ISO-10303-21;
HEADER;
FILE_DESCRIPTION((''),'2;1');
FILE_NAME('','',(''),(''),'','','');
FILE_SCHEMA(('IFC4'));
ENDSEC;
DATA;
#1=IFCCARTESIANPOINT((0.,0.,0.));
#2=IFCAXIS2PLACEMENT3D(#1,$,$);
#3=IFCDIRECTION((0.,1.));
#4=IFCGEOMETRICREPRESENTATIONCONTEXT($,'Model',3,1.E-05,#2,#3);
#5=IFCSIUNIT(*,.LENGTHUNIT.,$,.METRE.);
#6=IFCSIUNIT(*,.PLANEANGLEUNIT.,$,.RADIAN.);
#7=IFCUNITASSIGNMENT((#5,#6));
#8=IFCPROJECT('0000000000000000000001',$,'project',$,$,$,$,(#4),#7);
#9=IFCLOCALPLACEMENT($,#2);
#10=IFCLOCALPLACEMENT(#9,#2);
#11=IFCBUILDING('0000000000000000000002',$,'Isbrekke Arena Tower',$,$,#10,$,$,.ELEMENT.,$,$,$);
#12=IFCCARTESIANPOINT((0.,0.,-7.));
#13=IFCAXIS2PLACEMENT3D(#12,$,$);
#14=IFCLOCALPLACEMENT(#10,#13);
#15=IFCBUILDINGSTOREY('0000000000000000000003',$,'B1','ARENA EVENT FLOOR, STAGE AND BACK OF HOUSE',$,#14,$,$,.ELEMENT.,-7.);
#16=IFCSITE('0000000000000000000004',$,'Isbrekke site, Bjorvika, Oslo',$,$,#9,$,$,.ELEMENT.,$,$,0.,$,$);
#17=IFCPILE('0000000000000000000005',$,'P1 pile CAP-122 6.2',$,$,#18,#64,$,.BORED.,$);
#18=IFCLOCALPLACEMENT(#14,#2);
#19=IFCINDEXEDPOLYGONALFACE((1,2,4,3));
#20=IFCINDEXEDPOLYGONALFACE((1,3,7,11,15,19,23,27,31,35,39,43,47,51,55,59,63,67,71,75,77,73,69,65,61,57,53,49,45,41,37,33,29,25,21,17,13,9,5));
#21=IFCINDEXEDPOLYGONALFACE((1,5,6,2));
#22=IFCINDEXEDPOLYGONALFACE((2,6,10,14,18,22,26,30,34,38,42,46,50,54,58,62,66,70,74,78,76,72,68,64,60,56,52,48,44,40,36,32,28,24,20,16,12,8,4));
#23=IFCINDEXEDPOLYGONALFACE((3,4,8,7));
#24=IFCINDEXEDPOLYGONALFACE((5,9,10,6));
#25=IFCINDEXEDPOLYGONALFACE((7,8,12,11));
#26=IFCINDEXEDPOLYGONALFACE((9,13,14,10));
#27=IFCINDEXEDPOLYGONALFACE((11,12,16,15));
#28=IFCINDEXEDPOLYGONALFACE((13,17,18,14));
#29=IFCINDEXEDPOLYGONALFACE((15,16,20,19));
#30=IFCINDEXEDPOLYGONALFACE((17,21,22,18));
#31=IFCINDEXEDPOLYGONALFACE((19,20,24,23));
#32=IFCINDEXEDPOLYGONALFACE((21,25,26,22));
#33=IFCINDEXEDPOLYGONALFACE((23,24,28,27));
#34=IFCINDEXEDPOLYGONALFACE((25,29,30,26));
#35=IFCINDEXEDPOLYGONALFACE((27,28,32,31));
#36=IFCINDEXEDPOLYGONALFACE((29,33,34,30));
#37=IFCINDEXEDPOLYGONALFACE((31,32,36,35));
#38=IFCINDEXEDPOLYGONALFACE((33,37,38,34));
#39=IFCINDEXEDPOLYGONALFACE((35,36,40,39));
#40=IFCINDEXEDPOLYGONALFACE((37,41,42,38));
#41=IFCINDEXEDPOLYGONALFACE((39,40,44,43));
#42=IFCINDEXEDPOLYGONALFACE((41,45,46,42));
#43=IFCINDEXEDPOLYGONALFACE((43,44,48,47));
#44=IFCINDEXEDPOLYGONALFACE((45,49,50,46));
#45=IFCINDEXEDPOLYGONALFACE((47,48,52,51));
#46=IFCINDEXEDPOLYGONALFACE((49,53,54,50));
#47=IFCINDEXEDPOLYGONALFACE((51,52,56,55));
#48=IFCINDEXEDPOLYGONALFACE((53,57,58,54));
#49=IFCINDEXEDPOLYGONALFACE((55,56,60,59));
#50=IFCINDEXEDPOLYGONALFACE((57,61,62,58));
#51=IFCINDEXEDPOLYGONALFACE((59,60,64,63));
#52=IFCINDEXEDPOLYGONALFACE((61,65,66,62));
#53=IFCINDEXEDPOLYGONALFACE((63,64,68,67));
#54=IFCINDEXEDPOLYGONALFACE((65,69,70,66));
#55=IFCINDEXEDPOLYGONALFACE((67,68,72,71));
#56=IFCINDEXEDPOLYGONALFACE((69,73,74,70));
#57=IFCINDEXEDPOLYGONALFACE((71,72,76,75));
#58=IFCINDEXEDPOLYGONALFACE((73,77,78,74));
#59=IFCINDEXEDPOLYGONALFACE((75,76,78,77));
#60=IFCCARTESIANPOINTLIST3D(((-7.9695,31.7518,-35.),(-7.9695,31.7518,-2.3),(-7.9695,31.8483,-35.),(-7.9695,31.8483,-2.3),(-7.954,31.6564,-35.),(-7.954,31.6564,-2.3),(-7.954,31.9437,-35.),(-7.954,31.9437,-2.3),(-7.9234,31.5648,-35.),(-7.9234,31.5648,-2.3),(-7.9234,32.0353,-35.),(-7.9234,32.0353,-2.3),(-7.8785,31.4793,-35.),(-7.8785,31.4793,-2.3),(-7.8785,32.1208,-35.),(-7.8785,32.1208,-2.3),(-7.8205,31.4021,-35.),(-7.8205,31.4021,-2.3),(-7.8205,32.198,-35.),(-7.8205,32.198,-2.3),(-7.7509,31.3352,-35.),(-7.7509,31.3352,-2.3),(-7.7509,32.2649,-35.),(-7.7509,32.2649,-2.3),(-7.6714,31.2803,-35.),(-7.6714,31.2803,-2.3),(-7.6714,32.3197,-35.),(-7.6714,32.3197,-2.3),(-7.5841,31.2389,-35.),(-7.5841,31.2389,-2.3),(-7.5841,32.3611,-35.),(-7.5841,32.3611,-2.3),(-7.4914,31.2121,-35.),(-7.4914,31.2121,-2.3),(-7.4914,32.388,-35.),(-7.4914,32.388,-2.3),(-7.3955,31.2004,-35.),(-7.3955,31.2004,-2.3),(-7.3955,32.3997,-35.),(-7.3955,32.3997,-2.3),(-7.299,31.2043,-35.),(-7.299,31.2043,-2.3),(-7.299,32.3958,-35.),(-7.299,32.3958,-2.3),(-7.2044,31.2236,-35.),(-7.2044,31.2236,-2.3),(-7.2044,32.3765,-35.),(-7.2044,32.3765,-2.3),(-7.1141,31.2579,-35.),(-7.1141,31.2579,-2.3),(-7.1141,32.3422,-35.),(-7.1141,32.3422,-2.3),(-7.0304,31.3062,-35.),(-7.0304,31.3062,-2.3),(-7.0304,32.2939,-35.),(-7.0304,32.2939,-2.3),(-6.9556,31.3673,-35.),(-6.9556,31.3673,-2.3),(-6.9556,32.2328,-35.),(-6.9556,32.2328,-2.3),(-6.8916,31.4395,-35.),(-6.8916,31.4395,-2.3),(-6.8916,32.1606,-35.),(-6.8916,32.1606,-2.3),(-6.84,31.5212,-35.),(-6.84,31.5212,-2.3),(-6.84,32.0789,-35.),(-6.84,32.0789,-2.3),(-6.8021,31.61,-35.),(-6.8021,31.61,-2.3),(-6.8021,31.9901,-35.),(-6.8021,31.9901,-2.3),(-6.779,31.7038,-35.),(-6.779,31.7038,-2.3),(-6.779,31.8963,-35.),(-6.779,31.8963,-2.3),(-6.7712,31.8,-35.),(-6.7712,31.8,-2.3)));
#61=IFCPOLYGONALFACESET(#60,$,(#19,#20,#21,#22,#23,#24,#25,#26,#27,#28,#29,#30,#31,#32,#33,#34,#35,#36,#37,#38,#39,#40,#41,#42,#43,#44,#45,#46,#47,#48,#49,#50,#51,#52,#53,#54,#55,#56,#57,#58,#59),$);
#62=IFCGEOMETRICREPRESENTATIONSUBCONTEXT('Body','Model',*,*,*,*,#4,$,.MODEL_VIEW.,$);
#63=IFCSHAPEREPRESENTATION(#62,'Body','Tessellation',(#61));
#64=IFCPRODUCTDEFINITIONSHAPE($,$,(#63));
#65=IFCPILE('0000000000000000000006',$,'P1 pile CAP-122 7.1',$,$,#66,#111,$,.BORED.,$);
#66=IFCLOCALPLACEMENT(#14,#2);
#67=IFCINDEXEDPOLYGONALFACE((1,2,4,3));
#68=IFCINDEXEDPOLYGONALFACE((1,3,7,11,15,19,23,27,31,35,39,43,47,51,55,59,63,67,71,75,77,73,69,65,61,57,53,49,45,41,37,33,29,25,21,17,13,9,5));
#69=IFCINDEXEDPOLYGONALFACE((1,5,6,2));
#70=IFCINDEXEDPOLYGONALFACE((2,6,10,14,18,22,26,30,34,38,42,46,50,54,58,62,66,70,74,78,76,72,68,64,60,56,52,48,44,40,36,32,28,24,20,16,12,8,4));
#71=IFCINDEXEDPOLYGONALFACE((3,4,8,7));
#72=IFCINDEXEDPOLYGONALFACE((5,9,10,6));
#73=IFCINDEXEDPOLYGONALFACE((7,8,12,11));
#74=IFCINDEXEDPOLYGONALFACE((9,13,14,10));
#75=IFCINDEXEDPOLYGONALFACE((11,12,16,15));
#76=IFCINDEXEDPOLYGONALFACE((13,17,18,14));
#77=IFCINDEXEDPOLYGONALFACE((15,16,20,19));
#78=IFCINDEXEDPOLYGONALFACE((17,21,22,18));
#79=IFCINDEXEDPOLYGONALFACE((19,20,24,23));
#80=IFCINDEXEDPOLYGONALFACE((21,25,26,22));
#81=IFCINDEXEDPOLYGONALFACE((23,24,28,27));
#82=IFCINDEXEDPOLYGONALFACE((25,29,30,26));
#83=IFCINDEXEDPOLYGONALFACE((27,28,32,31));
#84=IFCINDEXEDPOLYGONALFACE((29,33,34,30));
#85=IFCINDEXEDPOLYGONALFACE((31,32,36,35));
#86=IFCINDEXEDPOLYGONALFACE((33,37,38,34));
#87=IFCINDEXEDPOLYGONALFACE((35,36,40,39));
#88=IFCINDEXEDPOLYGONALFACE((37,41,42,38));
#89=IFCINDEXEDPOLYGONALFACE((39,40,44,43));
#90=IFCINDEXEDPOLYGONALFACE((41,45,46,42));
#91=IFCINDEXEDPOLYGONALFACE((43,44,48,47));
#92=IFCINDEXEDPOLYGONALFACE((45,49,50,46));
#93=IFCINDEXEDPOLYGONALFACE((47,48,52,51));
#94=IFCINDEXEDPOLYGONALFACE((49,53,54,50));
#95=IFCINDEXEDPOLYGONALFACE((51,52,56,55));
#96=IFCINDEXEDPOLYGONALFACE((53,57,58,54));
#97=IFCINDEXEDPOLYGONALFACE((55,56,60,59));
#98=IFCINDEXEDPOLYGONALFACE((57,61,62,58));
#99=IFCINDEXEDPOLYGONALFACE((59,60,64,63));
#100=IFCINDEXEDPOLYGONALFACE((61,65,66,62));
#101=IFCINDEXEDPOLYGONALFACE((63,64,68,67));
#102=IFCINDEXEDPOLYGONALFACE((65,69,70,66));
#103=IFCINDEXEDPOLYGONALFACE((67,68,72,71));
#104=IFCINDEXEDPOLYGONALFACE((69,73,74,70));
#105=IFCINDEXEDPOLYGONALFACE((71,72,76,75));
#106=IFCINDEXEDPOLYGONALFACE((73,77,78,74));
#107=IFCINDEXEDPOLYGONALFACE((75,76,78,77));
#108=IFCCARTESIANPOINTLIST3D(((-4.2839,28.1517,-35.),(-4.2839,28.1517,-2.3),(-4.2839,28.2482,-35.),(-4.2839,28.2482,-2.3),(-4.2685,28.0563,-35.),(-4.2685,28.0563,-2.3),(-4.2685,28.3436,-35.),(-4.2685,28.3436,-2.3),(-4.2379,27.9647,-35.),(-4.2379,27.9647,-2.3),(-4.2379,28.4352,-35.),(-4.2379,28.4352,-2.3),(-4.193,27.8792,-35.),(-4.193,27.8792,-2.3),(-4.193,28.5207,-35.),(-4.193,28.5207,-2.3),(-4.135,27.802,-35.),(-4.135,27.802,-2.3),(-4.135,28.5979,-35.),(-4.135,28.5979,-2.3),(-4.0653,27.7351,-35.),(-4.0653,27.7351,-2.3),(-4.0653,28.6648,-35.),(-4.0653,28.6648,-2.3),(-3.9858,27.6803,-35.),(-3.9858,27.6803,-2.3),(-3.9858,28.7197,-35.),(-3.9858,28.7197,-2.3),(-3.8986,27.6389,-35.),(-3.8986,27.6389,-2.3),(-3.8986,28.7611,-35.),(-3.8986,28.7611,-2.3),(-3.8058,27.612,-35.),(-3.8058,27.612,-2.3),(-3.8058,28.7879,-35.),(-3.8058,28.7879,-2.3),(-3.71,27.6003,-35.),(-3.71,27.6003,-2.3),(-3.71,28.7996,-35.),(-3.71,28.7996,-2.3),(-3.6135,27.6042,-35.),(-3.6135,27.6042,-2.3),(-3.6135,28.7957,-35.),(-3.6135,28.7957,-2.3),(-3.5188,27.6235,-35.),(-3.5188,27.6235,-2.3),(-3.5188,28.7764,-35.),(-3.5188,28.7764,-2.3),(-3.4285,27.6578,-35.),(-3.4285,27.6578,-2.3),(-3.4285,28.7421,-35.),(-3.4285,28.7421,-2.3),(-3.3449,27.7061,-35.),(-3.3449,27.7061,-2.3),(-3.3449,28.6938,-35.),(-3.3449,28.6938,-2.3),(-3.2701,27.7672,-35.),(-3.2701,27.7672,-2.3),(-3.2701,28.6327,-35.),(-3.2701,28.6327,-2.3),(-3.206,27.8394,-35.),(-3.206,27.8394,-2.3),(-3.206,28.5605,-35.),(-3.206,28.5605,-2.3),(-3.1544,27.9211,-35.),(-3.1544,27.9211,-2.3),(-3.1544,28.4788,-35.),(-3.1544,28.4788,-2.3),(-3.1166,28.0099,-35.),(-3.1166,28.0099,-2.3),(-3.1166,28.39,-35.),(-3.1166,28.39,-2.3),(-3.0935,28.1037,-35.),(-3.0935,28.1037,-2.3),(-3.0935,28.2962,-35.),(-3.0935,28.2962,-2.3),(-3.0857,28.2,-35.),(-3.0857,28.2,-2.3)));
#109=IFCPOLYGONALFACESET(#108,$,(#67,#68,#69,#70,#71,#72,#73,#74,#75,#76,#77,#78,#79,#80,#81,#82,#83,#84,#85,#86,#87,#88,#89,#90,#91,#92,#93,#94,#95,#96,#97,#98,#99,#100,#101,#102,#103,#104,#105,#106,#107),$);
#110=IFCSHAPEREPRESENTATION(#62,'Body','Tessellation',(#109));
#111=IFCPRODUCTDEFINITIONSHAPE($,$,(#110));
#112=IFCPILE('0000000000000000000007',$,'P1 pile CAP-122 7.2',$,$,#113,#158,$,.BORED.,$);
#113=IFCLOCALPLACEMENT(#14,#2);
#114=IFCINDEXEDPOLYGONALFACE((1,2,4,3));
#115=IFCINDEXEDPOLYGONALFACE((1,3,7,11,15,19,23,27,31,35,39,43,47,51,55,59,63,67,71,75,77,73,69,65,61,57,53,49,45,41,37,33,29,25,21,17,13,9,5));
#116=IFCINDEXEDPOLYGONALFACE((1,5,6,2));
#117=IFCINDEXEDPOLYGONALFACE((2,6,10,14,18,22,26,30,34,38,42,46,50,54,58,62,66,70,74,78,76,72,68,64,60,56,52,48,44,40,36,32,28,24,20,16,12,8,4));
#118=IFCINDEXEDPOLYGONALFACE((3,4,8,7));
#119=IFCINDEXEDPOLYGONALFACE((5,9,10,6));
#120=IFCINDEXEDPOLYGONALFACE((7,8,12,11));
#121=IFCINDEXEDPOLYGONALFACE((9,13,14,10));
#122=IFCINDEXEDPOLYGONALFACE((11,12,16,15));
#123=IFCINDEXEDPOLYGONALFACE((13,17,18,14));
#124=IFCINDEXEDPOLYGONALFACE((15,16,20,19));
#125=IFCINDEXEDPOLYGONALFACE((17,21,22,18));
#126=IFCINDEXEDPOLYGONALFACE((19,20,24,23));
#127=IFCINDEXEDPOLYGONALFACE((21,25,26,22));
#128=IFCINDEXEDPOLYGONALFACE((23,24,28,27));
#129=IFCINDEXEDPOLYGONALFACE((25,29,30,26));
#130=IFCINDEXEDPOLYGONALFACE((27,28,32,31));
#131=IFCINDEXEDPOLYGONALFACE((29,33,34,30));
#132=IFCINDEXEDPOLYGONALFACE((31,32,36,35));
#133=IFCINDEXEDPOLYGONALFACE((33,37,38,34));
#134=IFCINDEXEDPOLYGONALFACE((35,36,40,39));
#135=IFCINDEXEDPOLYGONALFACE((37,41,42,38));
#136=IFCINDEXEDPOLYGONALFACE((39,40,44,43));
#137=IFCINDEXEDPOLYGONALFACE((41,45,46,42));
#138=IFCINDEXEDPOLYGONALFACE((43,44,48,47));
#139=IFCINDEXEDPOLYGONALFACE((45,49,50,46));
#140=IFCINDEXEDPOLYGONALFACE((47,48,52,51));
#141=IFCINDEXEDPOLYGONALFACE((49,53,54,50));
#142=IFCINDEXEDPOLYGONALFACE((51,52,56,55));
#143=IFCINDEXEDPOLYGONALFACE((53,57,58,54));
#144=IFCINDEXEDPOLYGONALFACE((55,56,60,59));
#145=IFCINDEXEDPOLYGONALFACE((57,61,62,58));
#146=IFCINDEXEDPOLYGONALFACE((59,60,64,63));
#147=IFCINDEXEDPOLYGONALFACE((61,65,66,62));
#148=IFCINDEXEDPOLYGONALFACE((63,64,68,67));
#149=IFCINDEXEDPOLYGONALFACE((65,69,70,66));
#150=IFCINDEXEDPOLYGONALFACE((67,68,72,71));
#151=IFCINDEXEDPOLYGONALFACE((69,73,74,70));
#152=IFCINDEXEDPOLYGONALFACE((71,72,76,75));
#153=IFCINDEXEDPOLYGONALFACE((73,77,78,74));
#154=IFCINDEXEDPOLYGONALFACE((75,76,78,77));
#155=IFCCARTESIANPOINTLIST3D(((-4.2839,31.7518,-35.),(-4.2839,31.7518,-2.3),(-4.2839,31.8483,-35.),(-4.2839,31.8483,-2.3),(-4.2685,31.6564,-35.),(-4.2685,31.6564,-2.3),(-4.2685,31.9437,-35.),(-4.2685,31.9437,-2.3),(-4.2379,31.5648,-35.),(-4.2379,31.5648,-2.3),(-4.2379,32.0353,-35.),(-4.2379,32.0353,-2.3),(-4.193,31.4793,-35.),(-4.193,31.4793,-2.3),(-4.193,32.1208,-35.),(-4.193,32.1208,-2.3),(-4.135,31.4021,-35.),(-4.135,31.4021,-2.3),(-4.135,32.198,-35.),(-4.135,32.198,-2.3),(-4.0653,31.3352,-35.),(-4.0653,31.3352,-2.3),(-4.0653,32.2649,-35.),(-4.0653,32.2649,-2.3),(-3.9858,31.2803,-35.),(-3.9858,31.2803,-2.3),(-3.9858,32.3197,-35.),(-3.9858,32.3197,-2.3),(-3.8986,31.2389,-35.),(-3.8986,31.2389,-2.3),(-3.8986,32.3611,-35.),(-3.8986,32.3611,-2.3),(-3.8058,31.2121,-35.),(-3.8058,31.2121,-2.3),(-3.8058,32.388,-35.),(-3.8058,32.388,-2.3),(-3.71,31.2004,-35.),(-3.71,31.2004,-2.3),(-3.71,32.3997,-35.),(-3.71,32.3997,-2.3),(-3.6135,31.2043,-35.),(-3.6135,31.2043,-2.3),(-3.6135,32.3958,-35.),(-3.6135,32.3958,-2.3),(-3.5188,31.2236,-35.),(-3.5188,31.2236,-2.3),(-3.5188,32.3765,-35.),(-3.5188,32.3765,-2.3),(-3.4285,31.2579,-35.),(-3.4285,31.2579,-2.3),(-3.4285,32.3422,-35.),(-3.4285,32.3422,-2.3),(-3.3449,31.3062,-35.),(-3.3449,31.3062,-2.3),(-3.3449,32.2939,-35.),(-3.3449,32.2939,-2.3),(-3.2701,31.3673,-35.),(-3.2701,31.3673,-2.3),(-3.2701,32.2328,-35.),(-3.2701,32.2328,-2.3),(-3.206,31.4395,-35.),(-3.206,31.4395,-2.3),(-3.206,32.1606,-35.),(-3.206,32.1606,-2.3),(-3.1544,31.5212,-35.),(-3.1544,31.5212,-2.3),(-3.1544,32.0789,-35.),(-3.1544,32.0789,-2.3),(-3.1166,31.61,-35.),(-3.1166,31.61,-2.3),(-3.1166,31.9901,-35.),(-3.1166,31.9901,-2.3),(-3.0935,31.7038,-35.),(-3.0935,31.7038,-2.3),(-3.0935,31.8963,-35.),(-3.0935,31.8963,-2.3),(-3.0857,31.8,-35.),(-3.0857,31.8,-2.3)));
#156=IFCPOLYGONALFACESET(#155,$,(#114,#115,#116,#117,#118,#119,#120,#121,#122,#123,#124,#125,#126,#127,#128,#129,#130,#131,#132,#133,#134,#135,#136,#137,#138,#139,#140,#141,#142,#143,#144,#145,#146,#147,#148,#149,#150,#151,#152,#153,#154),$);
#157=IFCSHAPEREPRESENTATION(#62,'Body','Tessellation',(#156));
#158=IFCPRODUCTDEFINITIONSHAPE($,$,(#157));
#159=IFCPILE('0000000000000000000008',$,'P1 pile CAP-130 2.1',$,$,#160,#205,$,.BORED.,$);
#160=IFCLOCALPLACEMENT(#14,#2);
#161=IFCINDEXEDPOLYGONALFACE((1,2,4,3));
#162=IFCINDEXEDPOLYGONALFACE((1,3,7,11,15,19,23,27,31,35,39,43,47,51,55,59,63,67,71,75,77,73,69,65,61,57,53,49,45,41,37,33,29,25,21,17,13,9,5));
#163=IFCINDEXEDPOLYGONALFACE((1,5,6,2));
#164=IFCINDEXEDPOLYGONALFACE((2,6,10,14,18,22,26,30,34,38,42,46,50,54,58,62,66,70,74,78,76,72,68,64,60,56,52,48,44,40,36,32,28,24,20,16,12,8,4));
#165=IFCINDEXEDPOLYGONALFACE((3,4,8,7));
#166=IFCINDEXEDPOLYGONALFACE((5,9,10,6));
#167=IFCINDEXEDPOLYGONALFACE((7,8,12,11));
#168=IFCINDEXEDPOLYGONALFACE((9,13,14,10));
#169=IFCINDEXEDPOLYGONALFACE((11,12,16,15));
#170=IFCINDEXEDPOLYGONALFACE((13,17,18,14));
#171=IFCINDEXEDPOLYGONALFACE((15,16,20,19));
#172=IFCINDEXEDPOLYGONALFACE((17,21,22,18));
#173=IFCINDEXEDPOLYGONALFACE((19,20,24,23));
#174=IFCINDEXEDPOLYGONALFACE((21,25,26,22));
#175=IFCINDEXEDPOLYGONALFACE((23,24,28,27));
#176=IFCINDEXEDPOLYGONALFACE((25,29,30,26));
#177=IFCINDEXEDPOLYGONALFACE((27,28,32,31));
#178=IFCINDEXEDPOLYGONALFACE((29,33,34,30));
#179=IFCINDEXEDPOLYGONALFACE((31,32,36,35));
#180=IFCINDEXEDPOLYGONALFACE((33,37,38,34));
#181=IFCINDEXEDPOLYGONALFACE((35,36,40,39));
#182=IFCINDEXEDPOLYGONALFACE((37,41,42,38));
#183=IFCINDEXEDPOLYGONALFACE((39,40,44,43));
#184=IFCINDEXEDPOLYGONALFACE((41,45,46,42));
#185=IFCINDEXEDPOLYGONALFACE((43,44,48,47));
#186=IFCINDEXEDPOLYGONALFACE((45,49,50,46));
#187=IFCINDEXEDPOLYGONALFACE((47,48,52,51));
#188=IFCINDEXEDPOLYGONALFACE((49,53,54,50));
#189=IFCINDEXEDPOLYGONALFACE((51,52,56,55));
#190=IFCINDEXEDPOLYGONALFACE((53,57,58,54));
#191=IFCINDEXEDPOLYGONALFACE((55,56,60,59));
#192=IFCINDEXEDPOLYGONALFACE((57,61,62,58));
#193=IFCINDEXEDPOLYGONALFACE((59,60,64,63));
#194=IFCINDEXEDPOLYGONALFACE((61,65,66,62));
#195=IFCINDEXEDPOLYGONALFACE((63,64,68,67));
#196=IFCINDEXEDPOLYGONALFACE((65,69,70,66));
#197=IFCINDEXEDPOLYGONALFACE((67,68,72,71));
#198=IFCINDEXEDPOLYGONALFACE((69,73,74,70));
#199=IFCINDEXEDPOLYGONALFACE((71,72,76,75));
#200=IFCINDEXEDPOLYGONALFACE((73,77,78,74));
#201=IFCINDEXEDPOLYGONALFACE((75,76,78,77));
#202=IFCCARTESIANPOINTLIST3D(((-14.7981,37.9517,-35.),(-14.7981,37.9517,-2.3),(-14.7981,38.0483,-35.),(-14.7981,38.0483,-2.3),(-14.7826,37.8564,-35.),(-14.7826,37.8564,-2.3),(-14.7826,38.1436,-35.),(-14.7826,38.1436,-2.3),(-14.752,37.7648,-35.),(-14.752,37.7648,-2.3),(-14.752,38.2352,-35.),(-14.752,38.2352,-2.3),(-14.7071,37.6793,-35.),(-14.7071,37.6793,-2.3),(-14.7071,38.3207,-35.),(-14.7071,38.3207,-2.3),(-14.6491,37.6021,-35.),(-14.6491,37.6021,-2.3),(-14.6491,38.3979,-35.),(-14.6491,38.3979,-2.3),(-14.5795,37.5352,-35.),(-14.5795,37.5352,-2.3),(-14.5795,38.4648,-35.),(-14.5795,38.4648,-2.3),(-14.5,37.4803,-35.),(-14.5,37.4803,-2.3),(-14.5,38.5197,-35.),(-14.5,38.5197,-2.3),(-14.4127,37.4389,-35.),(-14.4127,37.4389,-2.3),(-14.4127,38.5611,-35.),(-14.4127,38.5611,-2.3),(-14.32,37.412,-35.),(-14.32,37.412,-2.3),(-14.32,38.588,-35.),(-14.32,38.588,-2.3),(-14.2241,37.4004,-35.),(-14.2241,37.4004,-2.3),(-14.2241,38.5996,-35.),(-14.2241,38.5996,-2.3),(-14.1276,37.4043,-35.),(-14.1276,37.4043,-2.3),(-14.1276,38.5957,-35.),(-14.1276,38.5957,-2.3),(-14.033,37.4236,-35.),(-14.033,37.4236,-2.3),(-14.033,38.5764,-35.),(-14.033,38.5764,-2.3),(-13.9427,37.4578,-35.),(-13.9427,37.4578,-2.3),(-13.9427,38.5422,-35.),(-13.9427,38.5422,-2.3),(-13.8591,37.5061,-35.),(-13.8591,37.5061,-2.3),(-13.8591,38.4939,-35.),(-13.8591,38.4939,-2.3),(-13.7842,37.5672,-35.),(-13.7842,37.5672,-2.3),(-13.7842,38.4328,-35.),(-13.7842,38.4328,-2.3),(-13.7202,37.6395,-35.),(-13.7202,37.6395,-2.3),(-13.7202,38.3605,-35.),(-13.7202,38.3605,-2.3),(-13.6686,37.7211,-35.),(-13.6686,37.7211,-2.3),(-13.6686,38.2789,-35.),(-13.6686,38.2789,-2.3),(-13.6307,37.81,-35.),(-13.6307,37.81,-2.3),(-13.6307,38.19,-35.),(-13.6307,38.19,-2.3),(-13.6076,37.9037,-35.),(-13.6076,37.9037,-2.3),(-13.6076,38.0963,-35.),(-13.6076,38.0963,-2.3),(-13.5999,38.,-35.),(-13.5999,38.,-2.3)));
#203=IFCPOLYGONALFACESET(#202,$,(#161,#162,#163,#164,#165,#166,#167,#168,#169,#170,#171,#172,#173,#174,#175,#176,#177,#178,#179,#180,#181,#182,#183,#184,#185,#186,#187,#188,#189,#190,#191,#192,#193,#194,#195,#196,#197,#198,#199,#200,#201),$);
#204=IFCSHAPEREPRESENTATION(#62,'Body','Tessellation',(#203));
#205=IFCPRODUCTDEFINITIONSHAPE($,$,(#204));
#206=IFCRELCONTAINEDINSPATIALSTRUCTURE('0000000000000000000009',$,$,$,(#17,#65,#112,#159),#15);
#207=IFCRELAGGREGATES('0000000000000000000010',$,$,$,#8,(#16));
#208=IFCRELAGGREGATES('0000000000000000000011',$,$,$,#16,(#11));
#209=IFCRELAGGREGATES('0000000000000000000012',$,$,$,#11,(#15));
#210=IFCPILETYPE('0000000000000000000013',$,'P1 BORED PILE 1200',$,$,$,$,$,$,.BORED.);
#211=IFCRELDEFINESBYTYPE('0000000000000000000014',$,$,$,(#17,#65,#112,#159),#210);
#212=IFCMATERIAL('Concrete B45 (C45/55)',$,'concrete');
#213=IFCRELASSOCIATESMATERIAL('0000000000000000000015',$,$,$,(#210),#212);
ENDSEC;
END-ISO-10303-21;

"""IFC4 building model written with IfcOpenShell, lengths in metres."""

from ifc_helpers import new_model, si_unit, direction, frame, origin, origin_2d, place, context, subcontext, project, spatial, circle, extrude, material, material_profile, profile_set, type_object, element, save


model = new_model("IFC4")

# Units and contexts
model_context = context("Model", 3, precision=1e-05, world=origin(), true_north=direction((0.0, 1.0)))
body_context = subcontext(model_context, "Body", "Model", "MODEL_VIEW")
ifc_project = project(units=[si_unit("LENGTHUNIT", "METRE"), si_unit("PLANEANGLEUNIT", "RADIAN")], contexts=[model_context])

# Site, building, storey
site_placement = place(None, origin())
site = spatial("IfcSite", under=ifc_project, at=site_placement, Name="Isbrekke site, Bjorvika, Oslo", CompositionType="ELEMENT", RefElevation=0.0)
building_placement = place(site_placement, origin())
building = spatial("IfcBuilding", under=site, at=building_placement, Name="Isbrekke Arena Tower", CompositionType="ELEMENT")
storey_placement = place(building_placement, frame((0.0, 0.0, -7.0)))
storey = spatial("IfcBuildingStorey", under=building, at=storey_placement, Name="B1", Description="ARENA EVENT FLOOR, STAGE AND BACK OF HOUSE", CompositionType="ELEMENT", Elevation=-7.0)

# Piles
ifc_material_1 = material(Name="Concrete B45 (C45/55)", Category="concrete")
ifc_material_profile_1 = material_profile(ifc_material_1, circle(Radius=0.6001, at=origin_2d()), Name="BORED PILE D1200")
ifc_profile_set_1 = profile_set([ifc_material_profile_1], Name="Concrete B45 (C45/55)")
pile_type = type_object("IfcPileType", Name="P1 BORED PILE 1200", PredefinedType="BORED", material=ifc_profile_set_1)
for number, where, z_axis, x_axis, name in (
    (1, (-7.3713, 31.8, -2.3), (0.0, 0.0, -1.0), (1.0, 0.0, 0.0), "P1 pile CAP-122 6.2"),
    (2, (-3.6858, 28.2, -2.3), (0.0, 0.0, -1.0), (1.0, 0.0, 0.0), "P1 pile CAP-122 7.1"),
    (3, (-3.6858, 31.8, -2.3), (0.0, 0.0, -1.0), (1.0, 0.0, 0.0), "P1 pile CAP-122 7.2"),
    (4, (-14.2, 38.0, -2.3), (0.0, 0.0, -1.0), (1.0, 0.0, 0.0), "P1 pile CAP-130 2.1"),
):
    element("IfcPile", number, at=place(storey_placement, frame(where, z_axis=z_axis, x_axis=x_axis)), inside=storey, type_object=pile_type, Name=name, PredefinedType="BORED", context=body_context, shape_type="SweptSolid", body=[
        extrude(circle(Radius=0.6001, at=origin_2d()), origin(), (0.0, 0.0, 1.0), 32.7),
    ])

save(model, "model.ifc")
